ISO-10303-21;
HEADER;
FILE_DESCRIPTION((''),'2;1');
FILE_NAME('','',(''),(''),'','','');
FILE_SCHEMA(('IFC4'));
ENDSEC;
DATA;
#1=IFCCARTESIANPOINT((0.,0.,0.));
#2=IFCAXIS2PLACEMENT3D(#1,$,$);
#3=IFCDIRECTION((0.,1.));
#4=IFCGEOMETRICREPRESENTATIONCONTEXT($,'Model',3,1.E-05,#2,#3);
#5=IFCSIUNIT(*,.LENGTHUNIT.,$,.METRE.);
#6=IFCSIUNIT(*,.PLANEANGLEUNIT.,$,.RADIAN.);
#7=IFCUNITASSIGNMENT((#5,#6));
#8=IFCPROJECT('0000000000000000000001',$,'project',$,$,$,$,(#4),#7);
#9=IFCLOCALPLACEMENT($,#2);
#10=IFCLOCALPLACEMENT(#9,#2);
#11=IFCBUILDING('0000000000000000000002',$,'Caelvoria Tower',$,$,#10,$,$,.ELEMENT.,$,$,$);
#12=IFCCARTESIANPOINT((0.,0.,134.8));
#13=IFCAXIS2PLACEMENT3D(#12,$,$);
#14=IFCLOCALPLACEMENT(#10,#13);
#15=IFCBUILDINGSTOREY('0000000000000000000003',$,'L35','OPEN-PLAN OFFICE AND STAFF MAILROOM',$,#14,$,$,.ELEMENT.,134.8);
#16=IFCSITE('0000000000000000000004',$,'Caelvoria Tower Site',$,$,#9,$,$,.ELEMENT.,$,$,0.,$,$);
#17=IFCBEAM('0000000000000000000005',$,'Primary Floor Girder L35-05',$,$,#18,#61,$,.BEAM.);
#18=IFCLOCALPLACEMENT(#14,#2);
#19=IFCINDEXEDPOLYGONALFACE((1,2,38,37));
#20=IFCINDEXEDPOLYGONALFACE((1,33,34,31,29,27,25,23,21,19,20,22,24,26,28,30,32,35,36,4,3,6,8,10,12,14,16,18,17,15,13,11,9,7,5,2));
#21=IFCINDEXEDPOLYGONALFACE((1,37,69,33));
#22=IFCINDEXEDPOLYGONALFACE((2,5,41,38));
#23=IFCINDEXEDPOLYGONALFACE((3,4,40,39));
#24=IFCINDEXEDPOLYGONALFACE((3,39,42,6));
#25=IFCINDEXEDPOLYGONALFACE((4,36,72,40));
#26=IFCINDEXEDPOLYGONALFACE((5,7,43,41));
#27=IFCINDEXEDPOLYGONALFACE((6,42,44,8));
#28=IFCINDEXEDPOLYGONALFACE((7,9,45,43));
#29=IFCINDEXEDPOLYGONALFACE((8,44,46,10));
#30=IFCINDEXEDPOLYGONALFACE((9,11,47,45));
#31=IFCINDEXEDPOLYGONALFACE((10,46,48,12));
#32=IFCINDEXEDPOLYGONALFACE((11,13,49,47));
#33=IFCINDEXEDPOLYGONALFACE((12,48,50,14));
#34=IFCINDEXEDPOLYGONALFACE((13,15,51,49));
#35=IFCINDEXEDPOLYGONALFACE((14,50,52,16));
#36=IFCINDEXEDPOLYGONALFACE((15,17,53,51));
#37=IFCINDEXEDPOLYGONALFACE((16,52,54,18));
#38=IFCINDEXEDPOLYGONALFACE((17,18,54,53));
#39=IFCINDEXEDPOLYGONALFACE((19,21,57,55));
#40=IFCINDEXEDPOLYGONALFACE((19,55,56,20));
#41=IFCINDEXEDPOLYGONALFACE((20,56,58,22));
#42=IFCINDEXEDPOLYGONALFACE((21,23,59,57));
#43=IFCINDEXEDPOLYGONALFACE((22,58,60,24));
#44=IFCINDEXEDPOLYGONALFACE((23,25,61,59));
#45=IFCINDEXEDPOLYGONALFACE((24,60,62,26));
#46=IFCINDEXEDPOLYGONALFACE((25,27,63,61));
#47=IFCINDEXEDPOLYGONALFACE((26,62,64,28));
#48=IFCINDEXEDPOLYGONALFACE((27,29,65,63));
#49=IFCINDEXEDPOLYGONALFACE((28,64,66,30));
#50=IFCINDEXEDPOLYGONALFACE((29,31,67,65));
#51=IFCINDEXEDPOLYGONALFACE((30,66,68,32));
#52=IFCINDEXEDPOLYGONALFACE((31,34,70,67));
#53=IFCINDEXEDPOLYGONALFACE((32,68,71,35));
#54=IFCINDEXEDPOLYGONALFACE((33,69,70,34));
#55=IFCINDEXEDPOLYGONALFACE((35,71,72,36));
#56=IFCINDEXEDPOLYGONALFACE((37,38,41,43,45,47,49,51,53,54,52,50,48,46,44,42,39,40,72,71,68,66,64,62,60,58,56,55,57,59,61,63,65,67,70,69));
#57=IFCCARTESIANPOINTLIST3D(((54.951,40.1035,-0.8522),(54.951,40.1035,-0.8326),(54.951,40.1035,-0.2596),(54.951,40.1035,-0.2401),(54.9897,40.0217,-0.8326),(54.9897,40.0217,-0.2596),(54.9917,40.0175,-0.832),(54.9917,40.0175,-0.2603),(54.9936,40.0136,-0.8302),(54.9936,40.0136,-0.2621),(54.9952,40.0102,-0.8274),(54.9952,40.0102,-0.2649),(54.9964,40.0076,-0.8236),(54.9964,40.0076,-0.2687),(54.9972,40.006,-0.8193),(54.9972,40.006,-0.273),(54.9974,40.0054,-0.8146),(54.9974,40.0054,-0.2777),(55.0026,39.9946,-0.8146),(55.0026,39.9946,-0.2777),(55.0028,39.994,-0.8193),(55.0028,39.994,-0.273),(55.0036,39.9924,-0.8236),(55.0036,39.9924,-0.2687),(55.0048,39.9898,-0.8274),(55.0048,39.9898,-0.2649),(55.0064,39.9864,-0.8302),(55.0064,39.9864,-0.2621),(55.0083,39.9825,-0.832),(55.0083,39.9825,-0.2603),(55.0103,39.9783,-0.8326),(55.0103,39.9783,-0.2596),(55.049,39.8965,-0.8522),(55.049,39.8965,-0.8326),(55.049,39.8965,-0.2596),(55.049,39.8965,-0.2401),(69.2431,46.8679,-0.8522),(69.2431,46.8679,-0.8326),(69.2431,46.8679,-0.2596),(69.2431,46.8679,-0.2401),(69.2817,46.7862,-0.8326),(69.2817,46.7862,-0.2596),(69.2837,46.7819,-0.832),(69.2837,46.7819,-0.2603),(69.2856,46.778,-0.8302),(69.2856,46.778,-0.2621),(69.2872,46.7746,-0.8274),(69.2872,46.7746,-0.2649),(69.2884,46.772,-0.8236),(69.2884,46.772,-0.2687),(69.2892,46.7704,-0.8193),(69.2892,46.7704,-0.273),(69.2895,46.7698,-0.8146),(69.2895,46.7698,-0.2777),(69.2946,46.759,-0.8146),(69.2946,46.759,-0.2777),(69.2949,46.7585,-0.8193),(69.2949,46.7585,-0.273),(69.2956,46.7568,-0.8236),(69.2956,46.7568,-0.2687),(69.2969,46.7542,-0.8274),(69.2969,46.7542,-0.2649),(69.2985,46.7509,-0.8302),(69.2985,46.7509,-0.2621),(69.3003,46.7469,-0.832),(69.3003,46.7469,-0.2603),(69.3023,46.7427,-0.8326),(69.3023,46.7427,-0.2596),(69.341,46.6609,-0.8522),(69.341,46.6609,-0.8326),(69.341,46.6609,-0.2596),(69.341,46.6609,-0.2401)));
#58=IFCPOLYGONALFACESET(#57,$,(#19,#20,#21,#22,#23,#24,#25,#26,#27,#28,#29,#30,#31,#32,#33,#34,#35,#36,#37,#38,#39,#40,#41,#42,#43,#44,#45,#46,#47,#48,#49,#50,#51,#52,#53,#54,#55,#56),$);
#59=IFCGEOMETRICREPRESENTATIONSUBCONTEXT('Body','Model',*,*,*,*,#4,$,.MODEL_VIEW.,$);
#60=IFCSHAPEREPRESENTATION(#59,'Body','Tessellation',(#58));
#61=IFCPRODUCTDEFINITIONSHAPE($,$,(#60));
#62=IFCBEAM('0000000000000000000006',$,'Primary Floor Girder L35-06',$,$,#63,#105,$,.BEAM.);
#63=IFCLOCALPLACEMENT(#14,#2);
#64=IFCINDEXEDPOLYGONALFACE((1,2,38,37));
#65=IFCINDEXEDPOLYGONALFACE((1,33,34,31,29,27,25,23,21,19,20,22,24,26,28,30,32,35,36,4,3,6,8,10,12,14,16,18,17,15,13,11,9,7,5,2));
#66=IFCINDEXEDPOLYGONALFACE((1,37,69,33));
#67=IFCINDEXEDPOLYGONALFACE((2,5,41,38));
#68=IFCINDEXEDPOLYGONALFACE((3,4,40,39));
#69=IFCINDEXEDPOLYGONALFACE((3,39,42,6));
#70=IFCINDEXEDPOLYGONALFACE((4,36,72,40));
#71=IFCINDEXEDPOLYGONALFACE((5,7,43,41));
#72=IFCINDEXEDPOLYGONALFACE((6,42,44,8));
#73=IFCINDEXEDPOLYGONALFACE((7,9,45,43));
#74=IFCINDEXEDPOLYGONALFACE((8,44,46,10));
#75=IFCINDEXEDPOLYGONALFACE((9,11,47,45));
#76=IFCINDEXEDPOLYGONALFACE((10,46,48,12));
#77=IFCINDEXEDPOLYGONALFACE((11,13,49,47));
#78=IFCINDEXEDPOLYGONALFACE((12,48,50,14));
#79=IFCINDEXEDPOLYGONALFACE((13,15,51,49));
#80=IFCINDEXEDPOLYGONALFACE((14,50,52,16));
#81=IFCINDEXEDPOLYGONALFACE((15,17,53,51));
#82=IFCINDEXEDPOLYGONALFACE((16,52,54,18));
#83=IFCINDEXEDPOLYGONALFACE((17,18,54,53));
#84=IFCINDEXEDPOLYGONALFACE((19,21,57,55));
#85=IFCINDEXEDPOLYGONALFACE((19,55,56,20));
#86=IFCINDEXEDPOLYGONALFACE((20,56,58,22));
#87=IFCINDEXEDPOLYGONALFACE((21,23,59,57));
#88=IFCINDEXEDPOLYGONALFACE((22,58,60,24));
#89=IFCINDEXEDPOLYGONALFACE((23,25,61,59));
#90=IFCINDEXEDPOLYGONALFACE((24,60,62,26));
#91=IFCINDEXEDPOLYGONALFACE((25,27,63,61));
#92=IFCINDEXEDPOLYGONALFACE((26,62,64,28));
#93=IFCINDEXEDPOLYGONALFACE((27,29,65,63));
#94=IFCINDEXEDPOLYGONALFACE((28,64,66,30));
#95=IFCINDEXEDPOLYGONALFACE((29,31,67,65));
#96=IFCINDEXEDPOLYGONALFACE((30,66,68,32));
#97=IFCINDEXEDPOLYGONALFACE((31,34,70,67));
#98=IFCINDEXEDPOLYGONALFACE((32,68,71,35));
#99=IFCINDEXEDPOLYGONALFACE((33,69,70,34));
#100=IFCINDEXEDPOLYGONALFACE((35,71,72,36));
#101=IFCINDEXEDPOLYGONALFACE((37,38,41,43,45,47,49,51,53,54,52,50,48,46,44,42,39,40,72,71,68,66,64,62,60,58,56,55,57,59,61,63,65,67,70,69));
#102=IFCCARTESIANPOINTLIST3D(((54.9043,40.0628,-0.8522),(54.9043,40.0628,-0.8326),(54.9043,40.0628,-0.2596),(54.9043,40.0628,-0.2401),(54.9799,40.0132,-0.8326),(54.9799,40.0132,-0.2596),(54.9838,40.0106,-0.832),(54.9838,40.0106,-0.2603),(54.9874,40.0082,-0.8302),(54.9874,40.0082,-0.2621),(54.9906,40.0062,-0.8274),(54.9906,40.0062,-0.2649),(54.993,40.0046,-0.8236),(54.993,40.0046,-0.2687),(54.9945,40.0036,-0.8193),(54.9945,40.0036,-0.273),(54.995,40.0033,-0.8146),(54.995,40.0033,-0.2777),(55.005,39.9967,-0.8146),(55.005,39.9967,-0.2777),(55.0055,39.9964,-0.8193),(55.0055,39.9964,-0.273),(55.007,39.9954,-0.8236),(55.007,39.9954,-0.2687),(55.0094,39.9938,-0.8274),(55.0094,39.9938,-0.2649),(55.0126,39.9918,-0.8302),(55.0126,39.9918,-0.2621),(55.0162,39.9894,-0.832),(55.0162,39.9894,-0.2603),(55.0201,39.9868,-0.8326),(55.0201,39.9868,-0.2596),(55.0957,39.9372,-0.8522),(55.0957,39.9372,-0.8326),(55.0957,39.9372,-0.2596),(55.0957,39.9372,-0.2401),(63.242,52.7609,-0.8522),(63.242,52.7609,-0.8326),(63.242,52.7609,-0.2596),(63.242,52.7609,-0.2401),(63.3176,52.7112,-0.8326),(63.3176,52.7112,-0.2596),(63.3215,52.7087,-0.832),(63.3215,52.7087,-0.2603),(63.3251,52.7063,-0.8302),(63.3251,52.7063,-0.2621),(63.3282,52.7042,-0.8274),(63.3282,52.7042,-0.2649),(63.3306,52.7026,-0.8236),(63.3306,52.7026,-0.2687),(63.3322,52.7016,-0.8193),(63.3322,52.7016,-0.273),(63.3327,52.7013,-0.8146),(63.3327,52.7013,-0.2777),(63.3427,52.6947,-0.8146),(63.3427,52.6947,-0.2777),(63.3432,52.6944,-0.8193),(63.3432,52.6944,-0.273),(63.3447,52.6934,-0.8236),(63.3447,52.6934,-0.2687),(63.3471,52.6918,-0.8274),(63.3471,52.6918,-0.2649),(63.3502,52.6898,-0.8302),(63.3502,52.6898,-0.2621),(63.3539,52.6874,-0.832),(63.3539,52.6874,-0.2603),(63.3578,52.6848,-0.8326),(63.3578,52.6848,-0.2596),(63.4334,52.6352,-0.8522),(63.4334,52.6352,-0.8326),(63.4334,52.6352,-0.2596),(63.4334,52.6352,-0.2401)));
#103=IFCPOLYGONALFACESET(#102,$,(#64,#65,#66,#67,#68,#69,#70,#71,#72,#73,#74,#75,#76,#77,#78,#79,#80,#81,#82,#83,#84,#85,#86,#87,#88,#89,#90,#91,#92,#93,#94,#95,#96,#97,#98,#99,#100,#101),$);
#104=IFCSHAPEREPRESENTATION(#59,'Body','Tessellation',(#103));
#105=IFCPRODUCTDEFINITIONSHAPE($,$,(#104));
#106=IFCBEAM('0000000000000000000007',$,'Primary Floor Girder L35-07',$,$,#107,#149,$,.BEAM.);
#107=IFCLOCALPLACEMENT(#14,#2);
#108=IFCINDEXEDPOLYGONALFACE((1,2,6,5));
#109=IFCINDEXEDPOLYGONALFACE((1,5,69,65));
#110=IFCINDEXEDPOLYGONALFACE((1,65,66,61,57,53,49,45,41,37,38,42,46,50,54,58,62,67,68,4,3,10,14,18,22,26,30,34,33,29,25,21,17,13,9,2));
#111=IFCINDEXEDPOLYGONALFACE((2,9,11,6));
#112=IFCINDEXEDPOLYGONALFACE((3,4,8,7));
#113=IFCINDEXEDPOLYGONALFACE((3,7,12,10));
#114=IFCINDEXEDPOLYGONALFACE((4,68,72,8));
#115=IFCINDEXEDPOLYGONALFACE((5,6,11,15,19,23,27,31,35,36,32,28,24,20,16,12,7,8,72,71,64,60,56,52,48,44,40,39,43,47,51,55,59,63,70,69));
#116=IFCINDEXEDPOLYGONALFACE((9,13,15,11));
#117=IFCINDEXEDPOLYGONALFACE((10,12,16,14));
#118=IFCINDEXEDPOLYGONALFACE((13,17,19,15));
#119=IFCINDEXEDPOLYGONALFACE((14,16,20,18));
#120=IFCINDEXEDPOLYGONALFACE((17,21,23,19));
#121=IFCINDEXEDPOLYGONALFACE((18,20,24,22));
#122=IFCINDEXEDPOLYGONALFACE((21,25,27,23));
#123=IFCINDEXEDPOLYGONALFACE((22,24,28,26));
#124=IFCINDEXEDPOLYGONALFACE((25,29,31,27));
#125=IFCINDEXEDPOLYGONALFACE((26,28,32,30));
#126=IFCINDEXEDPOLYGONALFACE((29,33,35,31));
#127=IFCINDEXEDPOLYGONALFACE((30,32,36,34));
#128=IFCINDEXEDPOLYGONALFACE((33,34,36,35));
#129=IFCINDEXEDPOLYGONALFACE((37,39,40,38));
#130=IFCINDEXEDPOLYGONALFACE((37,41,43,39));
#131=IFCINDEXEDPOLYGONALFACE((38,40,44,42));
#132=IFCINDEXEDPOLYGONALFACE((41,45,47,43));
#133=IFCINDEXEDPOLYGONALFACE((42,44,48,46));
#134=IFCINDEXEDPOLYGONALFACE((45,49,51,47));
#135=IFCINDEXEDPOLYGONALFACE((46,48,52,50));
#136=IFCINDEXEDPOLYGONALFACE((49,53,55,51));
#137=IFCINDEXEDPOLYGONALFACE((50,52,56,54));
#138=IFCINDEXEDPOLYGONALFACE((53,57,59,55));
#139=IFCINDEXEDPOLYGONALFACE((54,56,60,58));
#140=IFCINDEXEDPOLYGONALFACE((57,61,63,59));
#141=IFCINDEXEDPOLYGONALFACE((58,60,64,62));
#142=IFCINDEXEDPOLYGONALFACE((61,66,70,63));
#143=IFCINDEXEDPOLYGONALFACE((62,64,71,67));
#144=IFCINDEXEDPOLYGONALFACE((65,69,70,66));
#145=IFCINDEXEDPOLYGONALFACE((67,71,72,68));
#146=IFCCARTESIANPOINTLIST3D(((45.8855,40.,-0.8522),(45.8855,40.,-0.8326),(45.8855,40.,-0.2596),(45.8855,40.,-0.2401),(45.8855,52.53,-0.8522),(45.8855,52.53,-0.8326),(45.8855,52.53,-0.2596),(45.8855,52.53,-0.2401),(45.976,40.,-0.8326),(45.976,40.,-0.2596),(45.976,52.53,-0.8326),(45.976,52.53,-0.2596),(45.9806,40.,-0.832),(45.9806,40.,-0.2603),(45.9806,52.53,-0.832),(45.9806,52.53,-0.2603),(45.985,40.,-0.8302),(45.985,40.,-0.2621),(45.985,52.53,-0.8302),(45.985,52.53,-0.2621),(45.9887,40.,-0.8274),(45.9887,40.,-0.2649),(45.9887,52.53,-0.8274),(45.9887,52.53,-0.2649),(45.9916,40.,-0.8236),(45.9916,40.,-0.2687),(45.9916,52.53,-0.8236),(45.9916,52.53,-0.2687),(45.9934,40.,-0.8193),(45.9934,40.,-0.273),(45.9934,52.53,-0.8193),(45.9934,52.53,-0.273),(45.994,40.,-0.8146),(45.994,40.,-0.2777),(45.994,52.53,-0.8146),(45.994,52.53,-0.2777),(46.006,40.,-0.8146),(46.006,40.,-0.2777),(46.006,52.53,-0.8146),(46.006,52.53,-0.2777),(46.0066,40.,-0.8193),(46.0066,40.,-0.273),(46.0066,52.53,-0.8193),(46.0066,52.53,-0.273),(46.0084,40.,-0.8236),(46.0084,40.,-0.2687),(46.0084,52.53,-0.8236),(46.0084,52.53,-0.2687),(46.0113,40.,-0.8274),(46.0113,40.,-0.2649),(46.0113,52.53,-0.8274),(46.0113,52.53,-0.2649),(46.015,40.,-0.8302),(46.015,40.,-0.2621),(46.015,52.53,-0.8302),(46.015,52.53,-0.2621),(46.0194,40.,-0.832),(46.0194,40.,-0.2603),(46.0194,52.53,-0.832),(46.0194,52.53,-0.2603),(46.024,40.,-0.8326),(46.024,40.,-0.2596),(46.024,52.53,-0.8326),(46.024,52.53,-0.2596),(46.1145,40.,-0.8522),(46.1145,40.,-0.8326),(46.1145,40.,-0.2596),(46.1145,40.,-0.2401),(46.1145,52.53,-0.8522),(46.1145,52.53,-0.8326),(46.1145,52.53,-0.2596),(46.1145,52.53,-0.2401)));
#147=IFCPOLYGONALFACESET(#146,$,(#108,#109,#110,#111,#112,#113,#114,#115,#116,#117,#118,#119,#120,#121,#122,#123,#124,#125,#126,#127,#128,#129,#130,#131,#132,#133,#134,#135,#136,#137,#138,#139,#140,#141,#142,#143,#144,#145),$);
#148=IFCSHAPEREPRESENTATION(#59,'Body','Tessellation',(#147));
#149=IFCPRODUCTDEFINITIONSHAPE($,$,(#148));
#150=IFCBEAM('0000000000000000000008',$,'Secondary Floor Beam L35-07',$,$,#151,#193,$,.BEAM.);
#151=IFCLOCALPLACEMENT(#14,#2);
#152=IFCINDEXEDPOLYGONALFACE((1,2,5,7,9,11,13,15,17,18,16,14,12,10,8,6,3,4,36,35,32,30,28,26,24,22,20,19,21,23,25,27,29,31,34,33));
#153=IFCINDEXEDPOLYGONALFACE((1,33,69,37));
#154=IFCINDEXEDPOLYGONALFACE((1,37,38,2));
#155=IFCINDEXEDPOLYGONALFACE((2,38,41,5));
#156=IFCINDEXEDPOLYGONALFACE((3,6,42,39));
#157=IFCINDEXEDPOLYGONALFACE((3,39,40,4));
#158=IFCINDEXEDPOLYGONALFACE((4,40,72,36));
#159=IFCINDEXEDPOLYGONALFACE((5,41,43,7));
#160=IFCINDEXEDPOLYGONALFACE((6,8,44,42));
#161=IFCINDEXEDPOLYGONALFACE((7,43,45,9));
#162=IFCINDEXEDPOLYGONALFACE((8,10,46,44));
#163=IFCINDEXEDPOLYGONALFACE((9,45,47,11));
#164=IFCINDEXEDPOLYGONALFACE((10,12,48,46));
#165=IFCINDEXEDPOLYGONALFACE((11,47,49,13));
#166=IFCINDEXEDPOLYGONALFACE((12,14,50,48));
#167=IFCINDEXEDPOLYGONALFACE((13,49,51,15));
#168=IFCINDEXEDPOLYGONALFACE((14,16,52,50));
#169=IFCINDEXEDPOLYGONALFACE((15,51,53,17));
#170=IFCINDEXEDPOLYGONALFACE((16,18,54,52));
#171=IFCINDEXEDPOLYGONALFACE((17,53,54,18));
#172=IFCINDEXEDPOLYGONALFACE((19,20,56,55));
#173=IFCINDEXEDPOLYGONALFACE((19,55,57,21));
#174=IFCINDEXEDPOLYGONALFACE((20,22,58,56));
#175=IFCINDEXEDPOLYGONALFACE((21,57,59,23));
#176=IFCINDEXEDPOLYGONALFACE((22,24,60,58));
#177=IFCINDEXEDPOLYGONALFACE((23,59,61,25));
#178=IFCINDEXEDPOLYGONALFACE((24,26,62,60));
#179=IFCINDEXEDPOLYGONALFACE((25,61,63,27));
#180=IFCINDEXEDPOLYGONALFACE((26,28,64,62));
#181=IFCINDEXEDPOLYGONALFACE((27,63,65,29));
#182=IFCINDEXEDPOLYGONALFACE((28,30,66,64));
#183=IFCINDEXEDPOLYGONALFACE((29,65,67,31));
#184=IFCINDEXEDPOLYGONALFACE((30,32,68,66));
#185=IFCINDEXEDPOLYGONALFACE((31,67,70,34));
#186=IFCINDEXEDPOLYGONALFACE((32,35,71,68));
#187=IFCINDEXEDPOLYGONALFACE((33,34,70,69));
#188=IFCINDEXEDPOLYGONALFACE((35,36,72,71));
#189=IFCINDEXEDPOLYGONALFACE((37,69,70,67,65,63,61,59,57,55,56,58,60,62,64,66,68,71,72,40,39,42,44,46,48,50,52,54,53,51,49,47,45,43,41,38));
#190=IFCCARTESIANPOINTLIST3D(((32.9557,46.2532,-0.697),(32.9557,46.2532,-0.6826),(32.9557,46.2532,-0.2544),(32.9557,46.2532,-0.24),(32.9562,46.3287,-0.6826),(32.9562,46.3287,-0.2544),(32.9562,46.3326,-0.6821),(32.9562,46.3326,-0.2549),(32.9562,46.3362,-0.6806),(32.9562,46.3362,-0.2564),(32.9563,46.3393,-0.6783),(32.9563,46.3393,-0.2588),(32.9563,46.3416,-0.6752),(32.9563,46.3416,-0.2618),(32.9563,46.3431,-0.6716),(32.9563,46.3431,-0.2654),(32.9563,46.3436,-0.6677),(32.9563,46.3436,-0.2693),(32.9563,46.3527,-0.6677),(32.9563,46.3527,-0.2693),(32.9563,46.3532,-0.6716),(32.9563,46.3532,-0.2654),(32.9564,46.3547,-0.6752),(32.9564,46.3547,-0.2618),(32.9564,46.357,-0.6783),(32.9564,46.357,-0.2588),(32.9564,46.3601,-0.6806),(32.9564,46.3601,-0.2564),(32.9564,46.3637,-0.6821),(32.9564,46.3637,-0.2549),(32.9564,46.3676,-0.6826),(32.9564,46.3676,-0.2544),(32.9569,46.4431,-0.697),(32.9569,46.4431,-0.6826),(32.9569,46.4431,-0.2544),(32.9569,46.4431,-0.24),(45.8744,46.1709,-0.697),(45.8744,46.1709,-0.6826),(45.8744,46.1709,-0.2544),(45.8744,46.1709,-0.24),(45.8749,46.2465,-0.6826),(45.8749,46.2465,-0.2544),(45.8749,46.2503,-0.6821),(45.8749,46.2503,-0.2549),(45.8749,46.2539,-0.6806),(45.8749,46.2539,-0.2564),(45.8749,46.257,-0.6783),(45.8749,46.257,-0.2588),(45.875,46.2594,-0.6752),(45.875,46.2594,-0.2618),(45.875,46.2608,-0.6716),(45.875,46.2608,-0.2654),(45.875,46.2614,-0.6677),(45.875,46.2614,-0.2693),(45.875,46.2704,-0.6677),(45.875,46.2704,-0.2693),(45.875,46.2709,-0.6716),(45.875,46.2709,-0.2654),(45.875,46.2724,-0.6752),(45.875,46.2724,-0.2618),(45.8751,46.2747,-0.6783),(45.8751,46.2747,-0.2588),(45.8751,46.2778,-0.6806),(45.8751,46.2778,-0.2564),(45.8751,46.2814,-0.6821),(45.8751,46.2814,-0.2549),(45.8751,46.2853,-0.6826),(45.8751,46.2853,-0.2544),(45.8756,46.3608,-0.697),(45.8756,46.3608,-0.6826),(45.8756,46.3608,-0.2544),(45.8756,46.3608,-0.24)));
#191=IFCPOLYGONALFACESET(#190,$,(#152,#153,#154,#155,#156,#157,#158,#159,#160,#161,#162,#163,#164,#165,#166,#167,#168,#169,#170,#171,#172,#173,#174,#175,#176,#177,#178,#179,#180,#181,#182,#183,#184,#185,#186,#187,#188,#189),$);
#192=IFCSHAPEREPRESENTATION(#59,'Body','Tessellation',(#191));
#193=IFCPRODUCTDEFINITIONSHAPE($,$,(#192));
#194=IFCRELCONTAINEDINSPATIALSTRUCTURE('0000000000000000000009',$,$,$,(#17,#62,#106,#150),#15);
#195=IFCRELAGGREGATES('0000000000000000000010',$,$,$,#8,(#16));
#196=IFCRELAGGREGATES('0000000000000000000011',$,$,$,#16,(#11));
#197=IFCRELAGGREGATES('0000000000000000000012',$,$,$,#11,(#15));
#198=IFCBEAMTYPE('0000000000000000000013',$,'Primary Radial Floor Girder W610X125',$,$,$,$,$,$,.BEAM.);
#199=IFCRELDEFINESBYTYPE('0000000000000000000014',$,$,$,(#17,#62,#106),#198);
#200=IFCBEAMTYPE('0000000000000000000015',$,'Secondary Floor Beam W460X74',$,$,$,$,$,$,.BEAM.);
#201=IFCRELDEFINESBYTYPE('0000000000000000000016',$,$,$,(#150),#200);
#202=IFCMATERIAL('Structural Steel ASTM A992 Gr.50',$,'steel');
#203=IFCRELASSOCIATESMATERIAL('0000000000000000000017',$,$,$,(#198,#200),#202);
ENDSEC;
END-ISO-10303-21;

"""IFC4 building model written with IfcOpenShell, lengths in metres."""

from ifc_helpers import new_model, si_unit, direction, frame, origin, origin_2d, place, context, subcontext, project, spatial, i_section, extrude, material, material_profile, profile_set, type_object, element, save


model = new_model("IFC4")

# Units and contexts
model_context = context("Model", 3, precision=1e-05, world=origin(), true_north=direction((0.0, 1.0)))
body_context = subcontext(model_context, "Body", "Model", "MODEL_VIEW")
ifc_project = project(units=[si_unit("LENGTHUNIT", "METRE"), si_unit("PLANEANGLEUNIT", "RADIAN")], contexts=[model_context])

# Site, building, storey
site_placement = place(None, origin())
site = spatial("IfcSite", under=ifc_project, at=site_placement, Name="Caelvoria Tower Site", CompositionType="ELEMENT", RefElevation=0.0)
building_placement = place(site_placement, origin())
building = spatial("IfcBuilding", under=site, at=building_placement, Name="Caelvoria Tower", CompositionType="ELEMENT")
storey_placement = place(building_placement, frame((0.0, 0.0, 134.8)))
storey = spatial("IfcBuildingStorey", under=building, at=storey_placement, Name="L35", Description="OPEN-PLAN OFFICE AND STAFF MAILROOM", CompositionType="ELEMENT", Elevation=134.8)

# Beams
ifc_material_1 = material(Name="Structural Steel ASTM A992 Gr.50", Category="steel")
ifc_material_profile_1 = material_profile(ifc_material_1, i_section(OverallWidth=0.229, OverallDepth=0.6121, WebThickness=0.012, FlangeThickness=0.0195, FilletRadius=0.0181, at=origin_2d()), Name="Structural Steel ASTM A992 Gr.50")
ifc_profile_set_1 = profile_set([ifc_material_profile_1], Name="W610X125 - Structural Steel ASTM A992 Gr.50")
beam_type_1 = type_object("IfcBeamType", Name="Primary Radial Floor Girder W610X125", PredefinedType="BEAM", material=ifc_profile_set_1)
beam_1_placement = place(storey_placement, frame((55.0, 40.0, -0.5461), z_axis=(0.903872, 0.427803, 0.0), x_axis=(-0.427803, 0.903872, 0.0)))
element("IfcBeam", 1, at=beam_1_placement, inside=storey, type_object=beam_type_1, Name="Primary Floor Girder L35-05", PredefinedType="BEAM", context=body_context, shape_type="SweptSolid", body=[
    extrude(i_section(OverallWidth=0.229, OverallDepth=0.6121, WebThickness=0.012, FlangeThickness=0.0195, FilletRadius=0.0181, at=origin_2d()), origin(), (0.0, 0.0, 1.0), 15.812),
])
beam_2_placement = place(storey_placement, frame((55.0, 40.0, -0.5461), z_axis=(0.548867, 0.835909, 0.0), x_axis=(-0.835909, 0.548867, 0.0)))
element("IfcBeam", 2, at=beam_2_placement, inside=storey, type_object=beam_type_1, Name="Primary Floor Girder L35-06", PredefinedType="BEAM", context=body_context, shape_type="SweptSolid", body=[
    extrude(i_section(OverallWidth=0.229, OverallDepth=0.6121, WebThickness=0.012, FlangeThickness=0.0195, FilletRadius=0.0181, at=origin_2d()), origin(), (0.0, 0.0, 1.0), 15.1907),
])
beam_3_placement = place(storey_placement, frame((46.0, 40.0, -0.5461), z_axis=(0.0, 1.0, 0.0), x_axis=(-1.0, 0.0, 0.0)))
element("IfcBeam", 3, at=beam_3_placement, inside=storey, type_object=beam_type_1, Name="Primary Floor Girder L35-07", PredefinedType="BEAM", context=body_context, shape_type="SweptSolid", body=[
    extrude(i_section(OverallWidth=0.229, OverallDepth=0.6121, WebThickness=0.012, FlangeThickness=0.0195, FilletRadius=0.0181, at=origin_2d()), origin(), (0.0, 0.0, 1.0), 12.53),
])
ifc_material_profile_2 = material_profile(ifc_material_1, i_section(OverallWidth=0.1899, OverallDepth=0.457, WebThickness=0.009, FlangeThickness=0.0144, FilletRadius=0.0149, at=origin_2d()), Name="Structural Steel ASTM A992 Gr.50")
ifc_profile_set_2 = profile_set([ifc_material_profile_2], Name="W460X74 - Structural Steel ASTM A992 Gr.50")
beam_type_2 = type_object("IfcBeamType", Name="Secondary Floor Beam W460X74", PredefinedType="BEAM", material=ifc_profile_set_2)
beam_4_placement = place(storey_placement, frame((45.875, 46.2659, -0.4685), z_axis=(-0.99998, 0.006369, 0.0), x_axis=(-0.006369, -0.99998, 0.0)))
element("IfcBeam", 4, at=beam_4_placement, inside=storey, type_object=beam_type_2, Name="Secondary Floor Beam L35-07", PredefinedType="BEAM", context=body_context, shape_type="SweptSolid", body=[
    extrude(i_section(OverallWidth=0.1899, OverallDepth=0.457, WebThickness=0.009, FlangeThickness=0.0144, FilletRadius=0.0149, at=origin_2d()), origin(), (0.0, 0.0, 1.0), 12.9189),
])

save(model, "model.ifc")
